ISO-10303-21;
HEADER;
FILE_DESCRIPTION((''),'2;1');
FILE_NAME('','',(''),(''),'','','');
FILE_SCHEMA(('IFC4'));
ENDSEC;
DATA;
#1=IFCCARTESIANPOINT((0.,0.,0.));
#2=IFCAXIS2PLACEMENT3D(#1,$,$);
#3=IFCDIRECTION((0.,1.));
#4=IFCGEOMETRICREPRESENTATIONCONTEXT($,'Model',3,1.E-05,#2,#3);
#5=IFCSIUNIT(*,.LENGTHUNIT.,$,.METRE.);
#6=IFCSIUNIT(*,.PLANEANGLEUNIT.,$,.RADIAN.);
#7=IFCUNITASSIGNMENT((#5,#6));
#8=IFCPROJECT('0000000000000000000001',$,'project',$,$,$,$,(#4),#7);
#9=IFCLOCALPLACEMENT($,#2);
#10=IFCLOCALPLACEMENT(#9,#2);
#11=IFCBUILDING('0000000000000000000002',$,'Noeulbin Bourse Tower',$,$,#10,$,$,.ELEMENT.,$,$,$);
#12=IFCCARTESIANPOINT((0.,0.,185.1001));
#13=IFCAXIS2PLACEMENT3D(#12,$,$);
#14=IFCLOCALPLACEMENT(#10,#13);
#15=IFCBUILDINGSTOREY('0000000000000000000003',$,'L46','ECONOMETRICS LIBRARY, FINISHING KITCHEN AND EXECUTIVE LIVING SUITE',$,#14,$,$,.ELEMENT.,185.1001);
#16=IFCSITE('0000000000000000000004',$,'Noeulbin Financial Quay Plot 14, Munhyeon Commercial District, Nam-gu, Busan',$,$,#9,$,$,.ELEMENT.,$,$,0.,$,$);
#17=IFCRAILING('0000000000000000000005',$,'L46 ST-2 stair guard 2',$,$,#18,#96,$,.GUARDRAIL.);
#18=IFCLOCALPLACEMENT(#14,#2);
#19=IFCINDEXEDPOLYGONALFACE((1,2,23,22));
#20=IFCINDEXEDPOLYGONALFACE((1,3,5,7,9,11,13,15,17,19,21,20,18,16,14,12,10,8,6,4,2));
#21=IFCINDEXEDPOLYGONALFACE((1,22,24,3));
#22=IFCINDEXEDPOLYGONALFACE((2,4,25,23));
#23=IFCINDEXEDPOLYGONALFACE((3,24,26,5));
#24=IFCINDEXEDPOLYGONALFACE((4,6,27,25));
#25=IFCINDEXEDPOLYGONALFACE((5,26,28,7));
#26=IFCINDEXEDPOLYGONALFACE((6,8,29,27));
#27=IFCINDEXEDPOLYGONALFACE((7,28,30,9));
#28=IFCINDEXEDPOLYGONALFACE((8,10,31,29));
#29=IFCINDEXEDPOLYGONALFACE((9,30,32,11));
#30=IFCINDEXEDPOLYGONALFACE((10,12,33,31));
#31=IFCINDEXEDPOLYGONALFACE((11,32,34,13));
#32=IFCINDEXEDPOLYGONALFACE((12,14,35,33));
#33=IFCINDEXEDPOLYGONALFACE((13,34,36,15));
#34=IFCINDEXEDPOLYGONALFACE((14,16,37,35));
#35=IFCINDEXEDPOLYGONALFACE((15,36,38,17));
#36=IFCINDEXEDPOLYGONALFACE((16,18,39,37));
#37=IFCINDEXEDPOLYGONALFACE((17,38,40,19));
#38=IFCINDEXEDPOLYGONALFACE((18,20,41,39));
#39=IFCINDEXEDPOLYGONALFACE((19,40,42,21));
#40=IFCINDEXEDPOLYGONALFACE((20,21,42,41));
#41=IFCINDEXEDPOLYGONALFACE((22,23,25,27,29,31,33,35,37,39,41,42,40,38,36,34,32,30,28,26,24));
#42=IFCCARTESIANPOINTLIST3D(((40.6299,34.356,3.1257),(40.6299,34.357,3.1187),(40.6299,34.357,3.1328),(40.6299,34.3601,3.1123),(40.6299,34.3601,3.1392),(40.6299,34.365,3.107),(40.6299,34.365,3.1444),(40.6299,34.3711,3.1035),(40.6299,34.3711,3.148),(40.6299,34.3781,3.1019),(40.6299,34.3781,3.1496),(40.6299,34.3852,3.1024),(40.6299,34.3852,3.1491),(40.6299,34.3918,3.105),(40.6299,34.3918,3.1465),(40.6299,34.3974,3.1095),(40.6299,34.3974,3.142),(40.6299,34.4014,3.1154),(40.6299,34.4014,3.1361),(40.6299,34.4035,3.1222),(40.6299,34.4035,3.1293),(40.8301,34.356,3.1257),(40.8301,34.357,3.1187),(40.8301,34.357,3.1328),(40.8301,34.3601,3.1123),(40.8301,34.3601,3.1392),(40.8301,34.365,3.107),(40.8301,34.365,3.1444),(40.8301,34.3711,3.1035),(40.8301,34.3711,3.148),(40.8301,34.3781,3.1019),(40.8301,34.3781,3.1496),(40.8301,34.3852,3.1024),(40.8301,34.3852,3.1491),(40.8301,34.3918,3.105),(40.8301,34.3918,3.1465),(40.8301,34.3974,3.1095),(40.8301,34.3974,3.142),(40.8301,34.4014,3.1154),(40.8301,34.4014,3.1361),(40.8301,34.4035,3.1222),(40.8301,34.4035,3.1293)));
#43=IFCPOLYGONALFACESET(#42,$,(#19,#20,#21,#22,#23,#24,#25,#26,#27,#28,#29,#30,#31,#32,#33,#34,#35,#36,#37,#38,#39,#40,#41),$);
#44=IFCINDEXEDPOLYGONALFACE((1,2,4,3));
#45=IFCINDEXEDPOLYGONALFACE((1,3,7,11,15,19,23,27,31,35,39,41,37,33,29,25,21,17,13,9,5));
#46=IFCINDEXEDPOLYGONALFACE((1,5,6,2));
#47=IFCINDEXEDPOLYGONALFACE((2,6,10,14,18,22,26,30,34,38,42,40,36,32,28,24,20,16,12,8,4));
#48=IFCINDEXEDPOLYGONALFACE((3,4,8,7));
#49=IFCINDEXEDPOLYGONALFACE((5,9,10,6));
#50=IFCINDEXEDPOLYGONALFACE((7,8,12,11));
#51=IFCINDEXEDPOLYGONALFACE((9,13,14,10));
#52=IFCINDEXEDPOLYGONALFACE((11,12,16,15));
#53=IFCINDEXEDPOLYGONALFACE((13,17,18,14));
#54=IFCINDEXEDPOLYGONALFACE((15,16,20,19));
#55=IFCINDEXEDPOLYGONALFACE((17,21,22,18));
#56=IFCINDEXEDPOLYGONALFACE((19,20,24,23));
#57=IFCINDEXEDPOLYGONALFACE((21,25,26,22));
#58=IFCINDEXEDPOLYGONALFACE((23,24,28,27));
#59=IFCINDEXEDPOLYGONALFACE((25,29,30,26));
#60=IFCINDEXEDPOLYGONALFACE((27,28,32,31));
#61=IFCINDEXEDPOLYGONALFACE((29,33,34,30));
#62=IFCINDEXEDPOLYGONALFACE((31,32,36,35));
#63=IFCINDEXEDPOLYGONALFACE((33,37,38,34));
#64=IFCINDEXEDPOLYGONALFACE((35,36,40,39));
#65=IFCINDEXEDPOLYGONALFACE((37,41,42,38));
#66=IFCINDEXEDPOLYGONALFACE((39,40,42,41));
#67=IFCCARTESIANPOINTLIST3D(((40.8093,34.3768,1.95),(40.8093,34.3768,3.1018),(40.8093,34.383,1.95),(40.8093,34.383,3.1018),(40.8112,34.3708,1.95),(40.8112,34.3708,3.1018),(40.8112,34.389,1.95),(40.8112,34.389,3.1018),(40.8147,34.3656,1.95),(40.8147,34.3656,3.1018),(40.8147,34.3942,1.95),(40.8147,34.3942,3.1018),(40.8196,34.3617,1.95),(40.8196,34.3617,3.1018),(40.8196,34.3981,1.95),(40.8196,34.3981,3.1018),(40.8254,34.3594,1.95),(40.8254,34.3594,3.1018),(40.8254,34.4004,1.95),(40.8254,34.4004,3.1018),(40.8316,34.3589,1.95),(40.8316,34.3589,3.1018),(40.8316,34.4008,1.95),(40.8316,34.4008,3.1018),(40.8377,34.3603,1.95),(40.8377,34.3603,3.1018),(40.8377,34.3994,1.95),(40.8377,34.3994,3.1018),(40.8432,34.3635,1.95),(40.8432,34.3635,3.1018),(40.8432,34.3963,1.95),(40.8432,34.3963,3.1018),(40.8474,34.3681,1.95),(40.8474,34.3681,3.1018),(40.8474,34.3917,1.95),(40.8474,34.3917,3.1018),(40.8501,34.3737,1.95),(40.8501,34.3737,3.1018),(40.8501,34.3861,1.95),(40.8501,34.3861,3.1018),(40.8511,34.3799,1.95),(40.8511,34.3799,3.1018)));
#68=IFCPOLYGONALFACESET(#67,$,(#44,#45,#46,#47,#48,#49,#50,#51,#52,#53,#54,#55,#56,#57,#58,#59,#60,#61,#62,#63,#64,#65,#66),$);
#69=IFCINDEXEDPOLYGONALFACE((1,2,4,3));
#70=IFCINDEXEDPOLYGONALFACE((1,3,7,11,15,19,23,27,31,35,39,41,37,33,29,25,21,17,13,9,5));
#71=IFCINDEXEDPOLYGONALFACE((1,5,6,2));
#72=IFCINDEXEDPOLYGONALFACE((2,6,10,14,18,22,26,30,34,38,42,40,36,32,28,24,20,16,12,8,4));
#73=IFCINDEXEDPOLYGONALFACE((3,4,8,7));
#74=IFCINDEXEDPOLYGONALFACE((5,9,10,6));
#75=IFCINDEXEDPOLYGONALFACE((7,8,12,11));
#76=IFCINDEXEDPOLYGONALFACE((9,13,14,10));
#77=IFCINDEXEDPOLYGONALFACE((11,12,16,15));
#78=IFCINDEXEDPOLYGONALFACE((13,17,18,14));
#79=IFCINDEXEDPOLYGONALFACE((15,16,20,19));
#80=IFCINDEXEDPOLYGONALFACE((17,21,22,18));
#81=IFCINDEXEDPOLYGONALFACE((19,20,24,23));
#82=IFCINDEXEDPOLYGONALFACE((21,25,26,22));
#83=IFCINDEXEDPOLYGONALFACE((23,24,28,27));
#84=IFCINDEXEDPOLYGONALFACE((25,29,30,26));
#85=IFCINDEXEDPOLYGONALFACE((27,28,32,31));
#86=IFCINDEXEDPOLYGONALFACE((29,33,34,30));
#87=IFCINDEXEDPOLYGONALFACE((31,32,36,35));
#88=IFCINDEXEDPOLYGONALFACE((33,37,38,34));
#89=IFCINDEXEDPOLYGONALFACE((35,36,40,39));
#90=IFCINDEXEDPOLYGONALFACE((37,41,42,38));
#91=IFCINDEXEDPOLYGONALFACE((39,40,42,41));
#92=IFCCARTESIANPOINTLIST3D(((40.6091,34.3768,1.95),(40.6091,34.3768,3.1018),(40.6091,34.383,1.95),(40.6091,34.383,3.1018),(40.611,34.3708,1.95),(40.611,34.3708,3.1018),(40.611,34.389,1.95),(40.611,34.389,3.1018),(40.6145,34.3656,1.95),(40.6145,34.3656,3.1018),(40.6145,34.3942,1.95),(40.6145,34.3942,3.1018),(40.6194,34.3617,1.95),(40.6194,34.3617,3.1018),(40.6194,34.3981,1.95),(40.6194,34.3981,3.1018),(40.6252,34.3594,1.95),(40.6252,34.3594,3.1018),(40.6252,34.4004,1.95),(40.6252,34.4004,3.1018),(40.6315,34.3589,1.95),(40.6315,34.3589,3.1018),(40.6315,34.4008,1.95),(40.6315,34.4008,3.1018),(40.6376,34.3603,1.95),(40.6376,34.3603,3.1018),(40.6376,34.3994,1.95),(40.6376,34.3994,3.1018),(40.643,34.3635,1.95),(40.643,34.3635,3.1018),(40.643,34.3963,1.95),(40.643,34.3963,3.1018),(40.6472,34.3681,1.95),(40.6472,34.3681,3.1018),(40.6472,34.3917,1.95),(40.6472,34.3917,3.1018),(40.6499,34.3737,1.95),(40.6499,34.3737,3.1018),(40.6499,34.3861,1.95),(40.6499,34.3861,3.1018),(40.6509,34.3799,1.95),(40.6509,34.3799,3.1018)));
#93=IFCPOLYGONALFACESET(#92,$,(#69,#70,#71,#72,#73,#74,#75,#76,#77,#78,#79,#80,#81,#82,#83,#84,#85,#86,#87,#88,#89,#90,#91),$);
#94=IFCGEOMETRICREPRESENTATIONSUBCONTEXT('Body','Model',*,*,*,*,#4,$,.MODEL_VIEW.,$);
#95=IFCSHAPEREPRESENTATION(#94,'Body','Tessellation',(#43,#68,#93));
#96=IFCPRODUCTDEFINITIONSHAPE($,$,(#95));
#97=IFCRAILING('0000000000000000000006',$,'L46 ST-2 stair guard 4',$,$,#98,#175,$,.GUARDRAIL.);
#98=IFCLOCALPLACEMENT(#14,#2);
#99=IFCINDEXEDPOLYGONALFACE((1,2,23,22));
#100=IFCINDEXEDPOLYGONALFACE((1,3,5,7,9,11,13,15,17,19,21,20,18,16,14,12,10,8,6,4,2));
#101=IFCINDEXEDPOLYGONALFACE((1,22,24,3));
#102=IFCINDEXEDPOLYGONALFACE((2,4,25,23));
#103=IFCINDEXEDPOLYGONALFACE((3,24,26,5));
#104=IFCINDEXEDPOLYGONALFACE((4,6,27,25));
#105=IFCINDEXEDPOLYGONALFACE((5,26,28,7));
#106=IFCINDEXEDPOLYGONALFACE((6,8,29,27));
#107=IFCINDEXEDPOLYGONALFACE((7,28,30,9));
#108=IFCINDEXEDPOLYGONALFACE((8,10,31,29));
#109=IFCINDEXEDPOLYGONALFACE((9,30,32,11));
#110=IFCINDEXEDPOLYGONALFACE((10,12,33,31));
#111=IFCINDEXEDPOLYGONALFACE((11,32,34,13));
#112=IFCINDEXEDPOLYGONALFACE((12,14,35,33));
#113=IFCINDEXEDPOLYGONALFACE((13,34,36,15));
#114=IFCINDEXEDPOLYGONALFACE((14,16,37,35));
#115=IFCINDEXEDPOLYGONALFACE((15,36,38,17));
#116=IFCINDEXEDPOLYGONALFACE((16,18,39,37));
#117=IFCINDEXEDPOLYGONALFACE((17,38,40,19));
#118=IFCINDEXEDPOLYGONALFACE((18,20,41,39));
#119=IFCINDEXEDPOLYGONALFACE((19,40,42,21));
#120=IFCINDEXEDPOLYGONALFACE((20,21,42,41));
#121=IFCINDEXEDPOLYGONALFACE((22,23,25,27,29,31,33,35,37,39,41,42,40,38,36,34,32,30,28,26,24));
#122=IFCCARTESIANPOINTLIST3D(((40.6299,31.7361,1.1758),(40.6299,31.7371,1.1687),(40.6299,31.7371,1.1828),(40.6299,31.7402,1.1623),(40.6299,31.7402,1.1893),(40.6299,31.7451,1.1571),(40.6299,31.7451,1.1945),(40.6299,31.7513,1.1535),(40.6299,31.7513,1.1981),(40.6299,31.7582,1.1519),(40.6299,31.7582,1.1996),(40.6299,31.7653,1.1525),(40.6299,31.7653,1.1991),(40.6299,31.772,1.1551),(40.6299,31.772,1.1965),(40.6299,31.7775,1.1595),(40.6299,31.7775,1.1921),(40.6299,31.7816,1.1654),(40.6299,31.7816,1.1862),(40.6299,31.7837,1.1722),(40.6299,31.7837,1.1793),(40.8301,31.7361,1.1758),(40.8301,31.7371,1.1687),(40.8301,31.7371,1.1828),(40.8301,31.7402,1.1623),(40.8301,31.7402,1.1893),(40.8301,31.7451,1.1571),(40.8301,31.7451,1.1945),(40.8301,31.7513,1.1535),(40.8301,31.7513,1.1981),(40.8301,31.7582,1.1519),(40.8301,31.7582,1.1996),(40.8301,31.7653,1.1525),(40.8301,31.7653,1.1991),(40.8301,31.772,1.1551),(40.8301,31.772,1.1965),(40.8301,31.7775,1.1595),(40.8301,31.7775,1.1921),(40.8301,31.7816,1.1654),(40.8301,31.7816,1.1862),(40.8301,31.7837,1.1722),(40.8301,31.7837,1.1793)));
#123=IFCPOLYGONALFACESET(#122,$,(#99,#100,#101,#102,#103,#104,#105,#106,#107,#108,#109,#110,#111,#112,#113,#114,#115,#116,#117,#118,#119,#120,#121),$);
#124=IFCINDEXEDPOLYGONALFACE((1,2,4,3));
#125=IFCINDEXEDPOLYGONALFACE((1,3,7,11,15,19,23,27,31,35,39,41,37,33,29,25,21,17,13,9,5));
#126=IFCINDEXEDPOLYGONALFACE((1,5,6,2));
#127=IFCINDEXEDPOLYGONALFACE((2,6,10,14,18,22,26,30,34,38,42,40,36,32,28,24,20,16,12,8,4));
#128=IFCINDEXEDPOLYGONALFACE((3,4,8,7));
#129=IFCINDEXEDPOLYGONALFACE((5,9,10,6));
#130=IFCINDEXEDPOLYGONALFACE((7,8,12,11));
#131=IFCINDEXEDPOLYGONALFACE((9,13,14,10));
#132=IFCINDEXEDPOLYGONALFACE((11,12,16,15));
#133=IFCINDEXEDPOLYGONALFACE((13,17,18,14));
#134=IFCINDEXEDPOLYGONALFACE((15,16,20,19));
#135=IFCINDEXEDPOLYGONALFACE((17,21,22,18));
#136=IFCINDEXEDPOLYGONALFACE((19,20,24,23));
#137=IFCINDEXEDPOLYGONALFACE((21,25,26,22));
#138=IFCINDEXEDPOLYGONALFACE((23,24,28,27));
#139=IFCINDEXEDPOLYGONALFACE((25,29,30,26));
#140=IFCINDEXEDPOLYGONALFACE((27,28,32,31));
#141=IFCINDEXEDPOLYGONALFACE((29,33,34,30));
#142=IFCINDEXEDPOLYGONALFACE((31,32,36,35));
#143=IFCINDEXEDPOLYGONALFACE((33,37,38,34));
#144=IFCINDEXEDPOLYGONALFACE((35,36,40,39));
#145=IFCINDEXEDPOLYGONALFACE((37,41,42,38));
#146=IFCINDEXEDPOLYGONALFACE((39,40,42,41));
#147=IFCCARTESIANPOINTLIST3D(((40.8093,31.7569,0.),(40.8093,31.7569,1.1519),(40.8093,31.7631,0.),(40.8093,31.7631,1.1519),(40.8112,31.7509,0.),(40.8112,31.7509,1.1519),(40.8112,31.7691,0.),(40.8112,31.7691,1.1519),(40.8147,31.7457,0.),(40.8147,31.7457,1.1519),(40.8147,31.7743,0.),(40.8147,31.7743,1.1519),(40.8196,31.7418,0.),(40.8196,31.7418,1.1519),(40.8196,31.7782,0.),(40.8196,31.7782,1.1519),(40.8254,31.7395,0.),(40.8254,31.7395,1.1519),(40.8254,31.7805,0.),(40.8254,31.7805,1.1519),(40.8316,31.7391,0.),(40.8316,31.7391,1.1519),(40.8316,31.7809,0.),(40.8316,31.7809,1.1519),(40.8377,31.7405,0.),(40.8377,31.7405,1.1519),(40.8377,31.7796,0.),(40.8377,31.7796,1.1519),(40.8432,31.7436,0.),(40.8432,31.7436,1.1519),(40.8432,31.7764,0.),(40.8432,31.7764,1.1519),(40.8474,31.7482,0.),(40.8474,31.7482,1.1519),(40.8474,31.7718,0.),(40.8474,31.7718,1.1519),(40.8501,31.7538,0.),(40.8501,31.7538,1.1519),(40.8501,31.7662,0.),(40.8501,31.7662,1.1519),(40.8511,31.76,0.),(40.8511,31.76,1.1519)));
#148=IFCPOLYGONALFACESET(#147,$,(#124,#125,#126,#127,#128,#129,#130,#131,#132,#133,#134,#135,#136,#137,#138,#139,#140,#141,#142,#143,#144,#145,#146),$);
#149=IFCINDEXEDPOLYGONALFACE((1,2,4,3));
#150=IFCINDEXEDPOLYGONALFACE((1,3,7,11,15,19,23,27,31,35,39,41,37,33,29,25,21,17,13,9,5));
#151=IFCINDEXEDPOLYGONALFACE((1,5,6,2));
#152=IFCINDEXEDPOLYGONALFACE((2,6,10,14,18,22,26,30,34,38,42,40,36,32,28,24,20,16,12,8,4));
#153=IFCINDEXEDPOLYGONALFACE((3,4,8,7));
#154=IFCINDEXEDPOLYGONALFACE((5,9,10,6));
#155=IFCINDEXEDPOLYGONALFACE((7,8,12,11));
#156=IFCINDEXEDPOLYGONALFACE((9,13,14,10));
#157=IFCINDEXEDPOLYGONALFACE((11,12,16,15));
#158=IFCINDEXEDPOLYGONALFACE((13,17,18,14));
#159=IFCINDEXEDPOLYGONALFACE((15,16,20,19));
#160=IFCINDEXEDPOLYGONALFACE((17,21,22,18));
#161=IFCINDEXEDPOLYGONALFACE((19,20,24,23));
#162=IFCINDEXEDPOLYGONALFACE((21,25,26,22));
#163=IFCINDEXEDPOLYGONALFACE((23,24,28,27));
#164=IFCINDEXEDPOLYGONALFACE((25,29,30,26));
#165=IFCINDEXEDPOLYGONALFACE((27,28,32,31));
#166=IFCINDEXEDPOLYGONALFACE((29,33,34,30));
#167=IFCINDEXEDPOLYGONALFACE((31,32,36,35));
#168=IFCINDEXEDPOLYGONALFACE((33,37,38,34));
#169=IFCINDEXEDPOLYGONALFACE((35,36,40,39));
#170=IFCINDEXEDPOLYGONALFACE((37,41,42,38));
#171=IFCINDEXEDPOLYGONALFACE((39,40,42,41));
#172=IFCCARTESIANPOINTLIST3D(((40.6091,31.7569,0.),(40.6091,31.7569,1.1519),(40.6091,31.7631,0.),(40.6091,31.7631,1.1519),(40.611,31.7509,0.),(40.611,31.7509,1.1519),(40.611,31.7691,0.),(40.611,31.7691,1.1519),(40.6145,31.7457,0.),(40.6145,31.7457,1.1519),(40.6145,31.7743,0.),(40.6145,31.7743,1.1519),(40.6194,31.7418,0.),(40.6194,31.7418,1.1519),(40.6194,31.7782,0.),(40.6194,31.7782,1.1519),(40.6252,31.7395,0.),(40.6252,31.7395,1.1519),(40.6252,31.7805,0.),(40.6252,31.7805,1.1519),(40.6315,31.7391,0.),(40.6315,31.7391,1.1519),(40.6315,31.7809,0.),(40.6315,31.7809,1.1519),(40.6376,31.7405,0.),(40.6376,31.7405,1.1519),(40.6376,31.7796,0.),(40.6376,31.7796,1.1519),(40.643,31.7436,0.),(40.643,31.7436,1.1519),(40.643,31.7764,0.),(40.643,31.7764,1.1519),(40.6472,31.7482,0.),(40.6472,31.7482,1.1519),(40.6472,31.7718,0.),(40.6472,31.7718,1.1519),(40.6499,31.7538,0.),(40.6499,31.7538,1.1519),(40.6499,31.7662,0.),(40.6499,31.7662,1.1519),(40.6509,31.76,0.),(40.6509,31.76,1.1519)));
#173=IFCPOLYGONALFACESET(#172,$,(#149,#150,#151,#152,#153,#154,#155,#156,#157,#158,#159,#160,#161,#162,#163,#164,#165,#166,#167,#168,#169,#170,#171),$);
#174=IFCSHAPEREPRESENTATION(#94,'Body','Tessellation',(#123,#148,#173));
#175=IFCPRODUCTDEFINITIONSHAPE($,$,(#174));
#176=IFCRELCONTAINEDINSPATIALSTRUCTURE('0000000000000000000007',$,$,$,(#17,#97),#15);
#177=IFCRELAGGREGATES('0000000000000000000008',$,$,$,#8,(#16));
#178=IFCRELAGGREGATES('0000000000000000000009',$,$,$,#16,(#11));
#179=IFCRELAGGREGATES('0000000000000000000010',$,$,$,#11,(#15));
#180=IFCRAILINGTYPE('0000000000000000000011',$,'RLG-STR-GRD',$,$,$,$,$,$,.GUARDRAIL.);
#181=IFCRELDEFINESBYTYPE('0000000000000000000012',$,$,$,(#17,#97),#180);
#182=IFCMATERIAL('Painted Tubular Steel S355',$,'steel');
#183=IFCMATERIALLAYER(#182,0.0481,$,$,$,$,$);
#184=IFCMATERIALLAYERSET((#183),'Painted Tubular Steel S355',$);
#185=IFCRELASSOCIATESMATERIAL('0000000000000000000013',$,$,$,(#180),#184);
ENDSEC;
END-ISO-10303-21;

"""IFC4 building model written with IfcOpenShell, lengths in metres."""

from ifc_helpers import new_model, si_unit, direction, frame, origin, origin_2d, place, context, subcontext, project, spatial, circle, extrude, material, layer, layer_set, type_object, element, save


model = new_model("IFC4")

# Units and contexts
model_context = context("Model", 3, precision=1e-05, world=origin(), true_north=direction((0.0, 1.0)))
body_context = subcontext(model_context, "Body", "Model", "MODEL_VIEW")
ifc_project = project(units=[si_unit("LENGTHUNIT", "METRE"), si_unit("PLANEANGLEUNIT", "RADIAN")], contexts=[model_context])

# Site, building, storey
site_placement = place(None, origin())
site = spatial("IfcSite", under=ifc_project, at=site_placement, Name="Noeulbin Financial Quay Plot 14, Munhyeon Commercial District, Nam-gu, Busan", CompositionType="ELEMENT", RefElevation=0.0)
building_placement = place(site_placement, origin())
building = spatial("IfcBuilding", under=site, at=building_placement, Name="Noeulbin Bourse Tower", CompositionType="ELEMENT")
storey_placement = place(building_placement, frame((0.0, 0.0, 185.1001)))
storey = spatial("IfcBuildingStorey", under=building, at=storey_placement, Name="L46", Description="ECONOMETRICS LIBRARY, FINISHING KITCHEN AND EXECUTIVE LIVING SUITE", CompositionType="ELEMENT", Elevation=185.1001)

# Railings
ifc_material_1 = material(Name="Painted Tubular Steel S355", Category="steel")
ifc_layer_1 = layer(ifc_material_1, 0.0481)
ifc_layer_set_1 = layer_set([ifc_layer_1], Name="Painted Tubular Steel S355")
railing_type_1 = type_object("IfcRailingType", Name="RLG-STR-GRD", PredefinedType="GUARDRAIL", material=ifc_layer_set_1)
for number, where, name in (
    (1, (40.8301, 34.3799, 1.95), "L46 ST-2 stair guard 2"),
    (2, (40.8301, 31.76, 0.0), "L46 ST-2 stair guard 4"),
):
    element("IfcRailing", number, at=place(storey_placement, frame(where)), inside=storey, type_object=railing_type_1, Name=name, PredefinedType="GUARDRAIL", context=body_context, shape_type="SweptSolid", body=[
        extrude(circle(Radius=0.0239, at=origin_2d()), frame((0.0, 0.0, 1.1758), z_axis=(-1.0, 0.0, 0.0), x_axis=(0.0, -1.0, 0.0)), (0.0, 0.0, 1.0), 0.2002),
        extrude(circle(Radius=0.021, at=origin_2d()), origin(), (0.0, 0.0, 1.0), 1.1519),
        extrude(circle(Radius=0.021, at=origin_2d()), frame((-0.2002, 0.0, 0.0)), (0.0, 0.0, 1.0), 1.1519),
    ])

save(model, "model.ifc")
